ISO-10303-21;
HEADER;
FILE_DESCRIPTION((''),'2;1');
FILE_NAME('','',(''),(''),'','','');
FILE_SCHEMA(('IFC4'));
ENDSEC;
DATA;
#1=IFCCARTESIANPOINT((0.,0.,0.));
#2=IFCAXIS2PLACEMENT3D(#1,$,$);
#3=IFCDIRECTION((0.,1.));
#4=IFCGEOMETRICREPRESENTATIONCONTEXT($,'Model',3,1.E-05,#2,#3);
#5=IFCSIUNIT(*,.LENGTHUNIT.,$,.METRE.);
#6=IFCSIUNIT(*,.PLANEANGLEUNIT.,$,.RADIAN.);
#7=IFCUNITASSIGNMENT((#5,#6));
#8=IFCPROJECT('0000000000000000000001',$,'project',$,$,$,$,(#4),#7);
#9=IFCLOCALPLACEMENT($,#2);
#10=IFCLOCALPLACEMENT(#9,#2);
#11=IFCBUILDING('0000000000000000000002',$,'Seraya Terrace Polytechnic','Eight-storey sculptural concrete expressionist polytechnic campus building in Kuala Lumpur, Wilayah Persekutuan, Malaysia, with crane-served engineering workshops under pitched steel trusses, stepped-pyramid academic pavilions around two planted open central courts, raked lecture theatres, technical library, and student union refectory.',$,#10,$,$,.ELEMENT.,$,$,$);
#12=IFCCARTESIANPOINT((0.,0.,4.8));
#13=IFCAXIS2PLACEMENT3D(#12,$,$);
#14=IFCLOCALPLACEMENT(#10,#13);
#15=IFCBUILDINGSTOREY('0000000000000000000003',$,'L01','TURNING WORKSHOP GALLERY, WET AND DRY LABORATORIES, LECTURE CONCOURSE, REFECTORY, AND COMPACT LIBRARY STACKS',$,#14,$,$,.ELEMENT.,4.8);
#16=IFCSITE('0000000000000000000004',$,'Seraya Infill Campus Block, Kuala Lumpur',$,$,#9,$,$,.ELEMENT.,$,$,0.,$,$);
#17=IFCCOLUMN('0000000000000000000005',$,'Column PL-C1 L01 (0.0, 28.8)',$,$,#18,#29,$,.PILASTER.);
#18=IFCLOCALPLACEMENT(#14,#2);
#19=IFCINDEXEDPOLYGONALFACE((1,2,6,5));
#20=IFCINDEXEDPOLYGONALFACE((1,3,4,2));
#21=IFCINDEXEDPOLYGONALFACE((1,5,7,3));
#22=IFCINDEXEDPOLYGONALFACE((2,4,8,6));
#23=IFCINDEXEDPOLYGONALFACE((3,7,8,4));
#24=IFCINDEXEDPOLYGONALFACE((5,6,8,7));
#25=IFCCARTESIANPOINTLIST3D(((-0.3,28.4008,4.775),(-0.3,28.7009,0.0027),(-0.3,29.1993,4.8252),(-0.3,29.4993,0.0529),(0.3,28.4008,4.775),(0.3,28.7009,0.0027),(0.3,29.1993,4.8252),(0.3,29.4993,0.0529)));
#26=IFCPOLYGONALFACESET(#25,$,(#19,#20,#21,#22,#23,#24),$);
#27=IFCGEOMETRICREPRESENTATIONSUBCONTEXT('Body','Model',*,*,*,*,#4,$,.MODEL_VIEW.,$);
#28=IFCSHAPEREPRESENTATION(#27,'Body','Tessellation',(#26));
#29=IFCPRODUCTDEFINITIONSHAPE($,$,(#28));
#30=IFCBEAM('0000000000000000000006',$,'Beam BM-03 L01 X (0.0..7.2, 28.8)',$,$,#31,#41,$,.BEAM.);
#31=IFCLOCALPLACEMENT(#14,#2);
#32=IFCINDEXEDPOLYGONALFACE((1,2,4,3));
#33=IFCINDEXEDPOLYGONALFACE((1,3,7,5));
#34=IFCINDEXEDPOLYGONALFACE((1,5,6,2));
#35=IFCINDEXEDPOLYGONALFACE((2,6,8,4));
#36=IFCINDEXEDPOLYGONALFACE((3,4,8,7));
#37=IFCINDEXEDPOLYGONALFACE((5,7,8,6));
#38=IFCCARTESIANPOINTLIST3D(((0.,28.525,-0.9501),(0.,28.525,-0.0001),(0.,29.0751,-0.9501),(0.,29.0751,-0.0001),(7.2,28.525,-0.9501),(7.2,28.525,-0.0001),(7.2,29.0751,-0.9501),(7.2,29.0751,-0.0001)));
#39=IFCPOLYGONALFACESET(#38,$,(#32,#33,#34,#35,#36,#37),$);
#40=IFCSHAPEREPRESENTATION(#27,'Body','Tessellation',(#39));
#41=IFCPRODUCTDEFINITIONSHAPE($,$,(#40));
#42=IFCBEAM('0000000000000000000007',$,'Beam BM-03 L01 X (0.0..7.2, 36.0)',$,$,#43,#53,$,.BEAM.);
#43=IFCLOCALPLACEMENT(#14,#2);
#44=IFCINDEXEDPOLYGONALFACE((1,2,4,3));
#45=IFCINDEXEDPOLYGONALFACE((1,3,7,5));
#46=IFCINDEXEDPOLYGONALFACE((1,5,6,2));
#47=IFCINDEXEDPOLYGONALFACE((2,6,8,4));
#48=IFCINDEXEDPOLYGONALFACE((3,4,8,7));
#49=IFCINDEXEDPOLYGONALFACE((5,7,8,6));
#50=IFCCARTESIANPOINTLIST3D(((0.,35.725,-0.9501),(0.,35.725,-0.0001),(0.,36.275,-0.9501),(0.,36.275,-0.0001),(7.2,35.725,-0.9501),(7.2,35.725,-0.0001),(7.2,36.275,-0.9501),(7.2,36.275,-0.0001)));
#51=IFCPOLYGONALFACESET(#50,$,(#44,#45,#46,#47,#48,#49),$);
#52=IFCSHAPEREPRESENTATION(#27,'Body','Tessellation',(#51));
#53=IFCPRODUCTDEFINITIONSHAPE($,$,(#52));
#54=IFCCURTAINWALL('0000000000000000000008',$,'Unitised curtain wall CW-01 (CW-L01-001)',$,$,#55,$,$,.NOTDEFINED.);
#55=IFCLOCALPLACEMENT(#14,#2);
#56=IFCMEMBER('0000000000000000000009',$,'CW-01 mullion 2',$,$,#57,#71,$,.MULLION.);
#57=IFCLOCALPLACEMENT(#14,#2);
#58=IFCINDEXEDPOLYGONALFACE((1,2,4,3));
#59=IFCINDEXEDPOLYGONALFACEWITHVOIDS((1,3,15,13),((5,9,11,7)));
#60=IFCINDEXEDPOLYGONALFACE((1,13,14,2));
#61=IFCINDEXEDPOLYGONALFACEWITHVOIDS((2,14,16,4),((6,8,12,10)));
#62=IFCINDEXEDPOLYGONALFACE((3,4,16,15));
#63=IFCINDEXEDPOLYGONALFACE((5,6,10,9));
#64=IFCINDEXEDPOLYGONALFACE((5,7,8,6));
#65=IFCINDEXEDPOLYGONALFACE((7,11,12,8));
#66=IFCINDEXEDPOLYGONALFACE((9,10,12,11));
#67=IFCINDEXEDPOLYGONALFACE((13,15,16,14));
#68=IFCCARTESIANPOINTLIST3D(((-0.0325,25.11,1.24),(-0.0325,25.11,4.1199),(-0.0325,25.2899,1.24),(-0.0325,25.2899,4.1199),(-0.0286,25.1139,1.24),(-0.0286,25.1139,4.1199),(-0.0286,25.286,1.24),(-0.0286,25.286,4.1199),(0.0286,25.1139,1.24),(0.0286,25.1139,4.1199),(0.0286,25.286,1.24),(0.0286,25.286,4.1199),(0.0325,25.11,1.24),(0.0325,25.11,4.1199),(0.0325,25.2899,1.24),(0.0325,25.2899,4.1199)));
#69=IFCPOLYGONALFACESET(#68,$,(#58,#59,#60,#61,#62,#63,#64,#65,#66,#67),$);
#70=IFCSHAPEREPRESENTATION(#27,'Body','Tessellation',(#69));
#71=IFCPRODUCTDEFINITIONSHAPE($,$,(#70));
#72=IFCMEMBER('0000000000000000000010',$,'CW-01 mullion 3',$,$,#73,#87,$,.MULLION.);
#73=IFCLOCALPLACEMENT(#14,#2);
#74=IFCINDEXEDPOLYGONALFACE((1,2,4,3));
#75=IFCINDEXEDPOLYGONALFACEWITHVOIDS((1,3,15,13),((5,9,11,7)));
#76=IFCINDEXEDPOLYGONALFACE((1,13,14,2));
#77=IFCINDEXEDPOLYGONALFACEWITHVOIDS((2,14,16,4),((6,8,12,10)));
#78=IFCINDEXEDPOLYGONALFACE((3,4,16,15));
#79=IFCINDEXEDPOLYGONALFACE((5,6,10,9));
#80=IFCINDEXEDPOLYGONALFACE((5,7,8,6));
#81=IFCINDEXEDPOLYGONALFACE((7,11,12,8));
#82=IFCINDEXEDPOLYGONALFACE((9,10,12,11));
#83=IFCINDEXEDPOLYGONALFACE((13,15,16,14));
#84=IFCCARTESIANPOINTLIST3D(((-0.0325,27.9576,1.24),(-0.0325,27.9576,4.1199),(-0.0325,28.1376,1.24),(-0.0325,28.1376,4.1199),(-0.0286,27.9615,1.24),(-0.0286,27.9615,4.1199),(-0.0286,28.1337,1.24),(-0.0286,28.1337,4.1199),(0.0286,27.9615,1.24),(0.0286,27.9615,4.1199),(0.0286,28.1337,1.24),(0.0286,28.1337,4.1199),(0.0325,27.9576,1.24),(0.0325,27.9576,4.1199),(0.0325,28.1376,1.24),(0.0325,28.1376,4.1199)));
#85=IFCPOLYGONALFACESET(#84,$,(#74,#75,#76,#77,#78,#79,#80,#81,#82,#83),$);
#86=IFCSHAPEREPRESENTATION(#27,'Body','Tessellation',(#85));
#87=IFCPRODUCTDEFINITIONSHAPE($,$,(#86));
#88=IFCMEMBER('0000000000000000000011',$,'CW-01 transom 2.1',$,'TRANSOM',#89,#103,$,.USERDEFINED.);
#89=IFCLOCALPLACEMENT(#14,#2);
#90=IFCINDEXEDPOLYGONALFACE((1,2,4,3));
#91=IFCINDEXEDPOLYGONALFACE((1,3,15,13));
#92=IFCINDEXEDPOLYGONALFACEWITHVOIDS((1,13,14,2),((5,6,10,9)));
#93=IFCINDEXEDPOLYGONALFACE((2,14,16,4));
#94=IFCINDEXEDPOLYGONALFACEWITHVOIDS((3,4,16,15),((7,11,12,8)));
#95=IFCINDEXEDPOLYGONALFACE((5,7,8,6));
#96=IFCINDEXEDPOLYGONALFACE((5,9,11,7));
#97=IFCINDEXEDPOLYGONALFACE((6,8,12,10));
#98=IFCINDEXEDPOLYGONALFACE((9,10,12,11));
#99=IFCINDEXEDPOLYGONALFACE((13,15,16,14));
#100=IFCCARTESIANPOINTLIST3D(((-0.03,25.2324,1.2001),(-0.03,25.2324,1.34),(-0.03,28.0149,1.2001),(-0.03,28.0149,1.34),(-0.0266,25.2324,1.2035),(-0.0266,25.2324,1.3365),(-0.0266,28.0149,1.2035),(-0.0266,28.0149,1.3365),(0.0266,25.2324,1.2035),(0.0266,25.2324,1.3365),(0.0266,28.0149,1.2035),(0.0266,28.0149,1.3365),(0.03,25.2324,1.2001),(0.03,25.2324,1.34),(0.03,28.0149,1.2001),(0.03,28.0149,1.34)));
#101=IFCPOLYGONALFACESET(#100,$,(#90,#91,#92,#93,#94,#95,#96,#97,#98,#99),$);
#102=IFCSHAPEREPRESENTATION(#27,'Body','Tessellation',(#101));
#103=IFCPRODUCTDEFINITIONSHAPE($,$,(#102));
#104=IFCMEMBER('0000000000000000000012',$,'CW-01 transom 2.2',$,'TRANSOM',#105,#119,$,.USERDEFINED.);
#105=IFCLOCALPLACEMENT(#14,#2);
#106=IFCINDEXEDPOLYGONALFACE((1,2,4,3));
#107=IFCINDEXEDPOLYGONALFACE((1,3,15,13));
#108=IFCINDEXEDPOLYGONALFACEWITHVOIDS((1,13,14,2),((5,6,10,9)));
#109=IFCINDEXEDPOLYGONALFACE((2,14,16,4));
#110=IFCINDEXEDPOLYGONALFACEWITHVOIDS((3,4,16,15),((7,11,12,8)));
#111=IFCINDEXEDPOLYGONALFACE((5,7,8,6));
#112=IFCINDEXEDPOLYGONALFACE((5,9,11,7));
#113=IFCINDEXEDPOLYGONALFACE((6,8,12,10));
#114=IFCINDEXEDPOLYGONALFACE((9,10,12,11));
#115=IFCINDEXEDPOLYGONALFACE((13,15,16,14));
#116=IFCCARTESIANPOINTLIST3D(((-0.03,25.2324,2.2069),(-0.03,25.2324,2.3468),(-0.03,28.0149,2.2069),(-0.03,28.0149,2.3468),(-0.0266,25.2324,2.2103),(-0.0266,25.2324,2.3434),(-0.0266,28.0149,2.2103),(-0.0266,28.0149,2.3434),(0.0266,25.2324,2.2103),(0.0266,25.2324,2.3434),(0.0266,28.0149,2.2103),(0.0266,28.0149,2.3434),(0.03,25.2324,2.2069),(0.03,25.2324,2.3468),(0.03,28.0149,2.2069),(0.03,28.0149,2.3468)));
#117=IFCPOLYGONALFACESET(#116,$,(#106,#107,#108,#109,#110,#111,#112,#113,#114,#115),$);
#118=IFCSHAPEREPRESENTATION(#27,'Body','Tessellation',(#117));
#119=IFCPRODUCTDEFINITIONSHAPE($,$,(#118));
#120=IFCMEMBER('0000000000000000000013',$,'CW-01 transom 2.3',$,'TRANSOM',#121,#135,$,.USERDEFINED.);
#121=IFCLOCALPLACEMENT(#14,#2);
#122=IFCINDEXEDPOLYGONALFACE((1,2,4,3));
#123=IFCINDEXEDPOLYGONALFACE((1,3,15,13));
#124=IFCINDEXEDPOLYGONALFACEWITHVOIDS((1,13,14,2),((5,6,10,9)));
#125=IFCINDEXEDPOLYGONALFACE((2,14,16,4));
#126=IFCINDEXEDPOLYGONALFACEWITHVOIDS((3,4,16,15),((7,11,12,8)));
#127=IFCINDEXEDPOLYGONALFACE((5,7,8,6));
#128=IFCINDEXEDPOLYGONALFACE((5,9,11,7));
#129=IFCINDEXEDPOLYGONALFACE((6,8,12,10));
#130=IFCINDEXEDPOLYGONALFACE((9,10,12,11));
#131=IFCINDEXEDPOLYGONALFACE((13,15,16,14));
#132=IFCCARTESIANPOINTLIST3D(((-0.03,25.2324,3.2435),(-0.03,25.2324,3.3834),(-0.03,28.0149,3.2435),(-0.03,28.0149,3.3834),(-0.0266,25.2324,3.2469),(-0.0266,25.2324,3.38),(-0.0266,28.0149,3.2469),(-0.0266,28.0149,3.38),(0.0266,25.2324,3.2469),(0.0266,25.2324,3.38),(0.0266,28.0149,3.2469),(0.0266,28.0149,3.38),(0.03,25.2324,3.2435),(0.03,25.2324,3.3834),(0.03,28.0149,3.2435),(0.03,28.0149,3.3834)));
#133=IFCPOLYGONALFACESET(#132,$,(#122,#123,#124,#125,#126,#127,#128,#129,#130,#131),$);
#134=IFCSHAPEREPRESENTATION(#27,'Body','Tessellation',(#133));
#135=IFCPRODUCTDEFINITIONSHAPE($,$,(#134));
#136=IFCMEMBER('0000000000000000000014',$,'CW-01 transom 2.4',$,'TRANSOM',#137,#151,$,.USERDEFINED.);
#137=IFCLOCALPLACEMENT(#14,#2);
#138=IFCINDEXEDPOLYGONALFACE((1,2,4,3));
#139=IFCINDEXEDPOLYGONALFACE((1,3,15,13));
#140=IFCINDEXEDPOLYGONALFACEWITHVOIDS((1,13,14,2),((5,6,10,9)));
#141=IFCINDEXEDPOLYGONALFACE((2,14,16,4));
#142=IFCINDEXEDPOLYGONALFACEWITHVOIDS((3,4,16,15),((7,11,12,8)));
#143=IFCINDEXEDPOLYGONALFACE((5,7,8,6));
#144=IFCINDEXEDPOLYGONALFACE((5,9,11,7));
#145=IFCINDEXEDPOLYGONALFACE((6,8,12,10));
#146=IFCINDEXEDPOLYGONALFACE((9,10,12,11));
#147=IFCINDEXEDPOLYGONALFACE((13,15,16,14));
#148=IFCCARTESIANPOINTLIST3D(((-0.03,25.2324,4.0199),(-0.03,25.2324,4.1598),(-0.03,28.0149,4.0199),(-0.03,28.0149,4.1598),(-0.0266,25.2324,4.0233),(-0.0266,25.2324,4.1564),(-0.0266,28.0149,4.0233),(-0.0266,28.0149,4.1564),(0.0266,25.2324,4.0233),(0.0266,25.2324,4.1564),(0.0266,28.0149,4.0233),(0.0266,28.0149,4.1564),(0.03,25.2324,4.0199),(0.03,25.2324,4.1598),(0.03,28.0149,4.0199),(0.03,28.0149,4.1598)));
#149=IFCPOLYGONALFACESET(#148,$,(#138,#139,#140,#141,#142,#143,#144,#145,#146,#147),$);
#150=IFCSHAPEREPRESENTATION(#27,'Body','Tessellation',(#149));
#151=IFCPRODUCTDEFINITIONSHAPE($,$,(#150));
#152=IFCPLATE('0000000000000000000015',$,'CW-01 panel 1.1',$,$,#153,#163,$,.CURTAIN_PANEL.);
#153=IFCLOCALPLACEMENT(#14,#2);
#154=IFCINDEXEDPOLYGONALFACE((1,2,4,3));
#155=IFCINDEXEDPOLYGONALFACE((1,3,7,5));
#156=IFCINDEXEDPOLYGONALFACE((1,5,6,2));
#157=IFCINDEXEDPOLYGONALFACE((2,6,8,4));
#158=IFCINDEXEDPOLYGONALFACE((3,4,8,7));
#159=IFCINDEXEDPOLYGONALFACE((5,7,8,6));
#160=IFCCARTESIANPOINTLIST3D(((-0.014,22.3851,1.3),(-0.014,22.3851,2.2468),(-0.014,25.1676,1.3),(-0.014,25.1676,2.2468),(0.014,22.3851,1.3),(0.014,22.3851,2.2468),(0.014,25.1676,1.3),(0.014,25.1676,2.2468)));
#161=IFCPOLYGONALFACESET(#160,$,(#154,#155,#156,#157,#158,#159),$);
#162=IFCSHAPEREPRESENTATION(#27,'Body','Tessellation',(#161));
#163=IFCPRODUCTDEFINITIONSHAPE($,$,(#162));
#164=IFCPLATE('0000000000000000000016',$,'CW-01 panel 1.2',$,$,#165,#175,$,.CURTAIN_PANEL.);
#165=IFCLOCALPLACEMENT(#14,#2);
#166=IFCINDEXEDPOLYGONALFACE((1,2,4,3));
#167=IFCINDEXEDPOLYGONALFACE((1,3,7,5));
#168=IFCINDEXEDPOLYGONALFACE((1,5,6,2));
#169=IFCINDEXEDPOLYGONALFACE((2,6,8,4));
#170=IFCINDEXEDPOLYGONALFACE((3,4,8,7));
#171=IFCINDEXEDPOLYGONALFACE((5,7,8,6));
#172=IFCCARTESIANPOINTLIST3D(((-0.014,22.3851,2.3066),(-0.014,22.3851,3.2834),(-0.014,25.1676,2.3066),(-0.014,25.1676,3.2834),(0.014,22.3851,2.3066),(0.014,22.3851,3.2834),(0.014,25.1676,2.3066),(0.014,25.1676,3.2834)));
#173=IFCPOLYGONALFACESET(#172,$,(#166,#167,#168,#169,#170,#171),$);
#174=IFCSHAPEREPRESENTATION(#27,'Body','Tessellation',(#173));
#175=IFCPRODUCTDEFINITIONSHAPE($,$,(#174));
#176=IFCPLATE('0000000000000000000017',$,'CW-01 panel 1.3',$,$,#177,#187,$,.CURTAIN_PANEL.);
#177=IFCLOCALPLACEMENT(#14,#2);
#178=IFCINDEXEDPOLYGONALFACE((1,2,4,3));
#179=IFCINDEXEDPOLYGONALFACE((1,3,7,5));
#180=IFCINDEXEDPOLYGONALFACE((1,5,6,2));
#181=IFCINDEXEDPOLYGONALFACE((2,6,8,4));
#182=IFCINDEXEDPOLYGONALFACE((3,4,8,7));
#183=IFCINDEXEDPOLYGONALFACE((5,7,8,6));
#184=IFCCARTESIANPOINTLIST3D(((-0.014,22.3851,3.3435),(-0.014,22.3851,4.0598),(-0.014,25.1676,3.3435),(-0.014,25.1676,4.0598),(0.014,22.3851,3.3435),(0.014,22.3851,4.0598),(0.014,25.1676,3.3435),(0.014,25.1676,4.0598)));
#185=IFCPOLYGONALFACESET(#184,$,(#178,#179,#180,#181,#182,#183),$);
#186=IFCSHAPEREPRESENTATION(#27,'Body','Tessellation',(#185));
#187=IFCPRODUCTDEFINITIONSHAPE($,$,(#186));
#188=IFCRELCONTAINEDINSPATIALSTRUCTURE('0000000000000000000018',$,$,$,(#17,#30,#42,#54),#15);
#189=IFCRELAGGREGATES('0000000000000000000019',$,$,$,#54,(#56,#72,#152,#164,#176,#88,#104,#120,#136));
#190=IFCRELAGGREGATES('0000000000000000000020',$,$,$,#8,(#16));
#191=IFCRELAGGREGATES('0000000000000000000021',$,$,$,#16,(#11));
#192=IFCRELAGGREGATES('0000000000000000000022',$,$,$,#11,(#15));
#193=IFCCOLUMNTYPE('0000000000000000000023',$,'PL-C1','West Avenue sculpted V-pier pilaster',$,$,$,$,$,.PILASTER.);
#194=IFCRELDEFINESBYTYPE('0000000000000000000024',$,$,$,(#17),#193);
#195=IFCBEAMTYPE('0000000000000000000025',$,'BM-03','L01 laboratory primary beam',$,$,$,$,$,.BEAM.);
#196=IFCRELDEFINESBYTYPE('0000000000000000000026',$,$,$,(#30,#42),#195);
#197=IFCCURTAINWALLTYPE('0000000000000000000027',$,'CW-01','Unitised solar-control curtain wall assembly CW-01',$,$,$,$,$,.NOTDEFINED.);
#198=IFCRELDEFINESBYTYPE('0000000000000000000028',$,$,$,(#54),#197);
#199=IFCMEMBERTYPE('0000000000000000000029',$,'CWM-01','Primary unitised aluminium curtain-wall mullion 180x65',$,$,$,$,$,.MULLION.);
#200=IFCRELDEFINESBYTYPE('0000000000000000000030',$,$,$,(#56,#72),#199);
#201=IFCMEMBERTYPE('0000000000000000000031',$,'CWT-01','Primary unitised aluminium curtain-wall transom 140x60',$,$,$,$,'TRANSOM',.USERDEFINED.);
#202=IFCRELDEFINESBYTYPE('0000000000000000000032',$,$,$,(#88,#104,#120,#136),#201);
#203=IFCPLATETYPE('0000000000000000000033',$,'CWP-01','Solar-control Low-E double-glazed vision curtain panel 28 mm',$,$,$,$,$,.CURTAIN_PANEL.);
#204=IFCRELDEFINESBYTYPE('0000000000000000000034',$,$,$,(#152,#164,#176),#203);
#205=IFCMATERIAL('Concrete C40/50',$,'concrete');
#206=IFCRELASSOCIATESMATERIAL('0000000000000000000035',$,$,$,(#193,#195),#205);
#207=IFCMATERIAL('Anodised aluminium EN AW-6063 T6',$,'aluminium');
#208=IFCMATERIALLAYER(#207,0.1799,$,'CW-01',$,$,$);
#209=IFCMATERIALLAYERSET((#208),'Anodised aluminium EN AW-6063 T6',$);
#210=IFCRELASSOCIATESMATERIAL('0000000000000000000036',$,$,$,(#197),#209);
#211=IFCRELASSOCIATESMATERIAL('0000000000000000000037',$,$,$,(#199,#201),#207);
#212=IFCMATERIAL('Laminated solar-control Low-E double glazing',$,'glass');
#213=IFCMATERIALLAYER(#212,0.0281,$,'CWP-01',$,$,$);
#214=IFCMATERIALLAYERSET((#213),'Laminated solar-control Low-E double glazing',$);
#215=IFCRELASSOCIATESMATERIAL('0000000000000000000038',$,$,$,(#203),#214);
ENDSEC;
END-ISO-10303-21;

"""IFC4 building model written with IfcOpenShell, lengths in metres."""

from ifc_helpers import new_model, si_unit, direction, frame, origin, origin_2d, place, context, subcontext, project, spatial, rectangle, hollow_rectangle, extrude, material, layer, layer_set, material_profile, profile_set, type_object, element, aggregate, save


model = new_model("IFC4")

# Units and contexts
model_context = context("Model", 3, precision=1e-05, world=origin(), true_north=direction((0.0, 1.0)))
body_context = subcontext(model_context, "Body", "Model", "MODEL_VIEW")
ifc_project = project(units=[si_unit("LENGTHUNIT", "METRE"), si_unit("PLANEANGLEUNIT", "RADIAN")], contexts=[model_context])

# Site, building, storey
site_placement = place(None, origin())
site = spatial("IfcSite", under=ifc_project, at=site_placement, Name="Seraya Infill Campus Block, Kuala Lumpur", CompositionType="ELEMENT", RefElevation=0.0)
building_placement = place(site_placement, origin())
building = spatial("IfcBuilding", under=site, at=building_placement, Name="Seraya Terrace Polytechnic", Description="Eight-storey sculptural concrete expressionist polytechnic campus building in Kuala Lumpur, Wilayah Persekutuan, Malaysia, with crane-served engineering workshops under pitched steel trusses, stepped-pyramid academic pavilions around two planted open central courts, raked lecture theatres, technical library, and student union refectory.", CompositionType="ELEMENT")
storey_placement = place(building_placement, frame((0.0, 0.0, 4.8)))
storey = spatial("IfcBuildingStorey", under=building, at=storey_placement, Name="L01", Description="TURNING WORKSHOP GALLERY, WET AND DRY LABORATORIES, LECTURE CONCOURSE, REFECTORY, AND COMPACT LIBRARY STACKS", CompositionType="ELEMENT", Elevation=4.8)

# Column
ifc_material_1 = material(Name="Concrete C40/50", Category="concrete")
ifc_material_profile_1 = material_profile(ifc_material_1, rectangle(XDim=0.6001, YDim=0.8, at=origin_2d()), Name="RC 600x800")
ifc_profile_set_1 = profile_set([ifc_material_profile_1], Name="Concrete C40/50")
column_type = type_object("IfcColumnType", Name="PL-C1", Description="West Avenue sculpted V-pier pilaster", PredefinedType="PILASTER", material=ifc_profile_set_1)
column_placement = place(storey_placement, frame((0.0, 29.1001, 0.0278), z_axis=(0.0, -0.06275, 0.998029), x_axis=(1.0, 0.0, 0.0)))
element("IfcColumn", 1, at=column_placement, inside=storey, type_object=column_type, Name="Column PL-C1 L01 (0.0, 28.8)", PredefinedType="PILASTER", context=body_context, shape_type="SweptSolid", body=[
    extrude(rectangle(XDim=0.6001, YDim=0.8, at=origin_2d()), origin(), (0.0, 0.0, 1.0), 4.7817),
])

# Beams
ifc_material_profile_2 = material_profile(ifc_material_1, rectangle(XDim=0.55, YDim=0.95, at=origin_2d()), Name="RC 550x950")
ifc_profile_set_2 = profile_set([ifc_material_profile_2], Name="Concrete C40/50")
beam_type = type_object("IfcBeamType", Name="BM-03", Description="L01 laboratory primary beam", PredefinedType="BEAM", material=ifc_profile_set_2)
for number, where, z_axis, x_axis, name in (
    (2, (0.0, 28.8, -0.4751), (1.0, 0.0, 0.0), (0.0, 1.0, 0.0), "Beam BM-03 L01 X (0.0..7.2, 28.8)"),
    (3, (0.0, 36.0, -0.4751), (1.0, 0.0, 0.0), (0.0, 1.0, 0.0), "Beam BM-03 L01 X (0.0..7.2, 36.0)"),
):
    element("IfcBeam", number, at=place(storey_placement, frame(where, z_axis=z_axis, x_axis=x_axis)), inside=storey, type_object=beam_type, Name=name, PredefinedType="BEAM", context=body_context, shape_type="SweptSolid", body=[
        extrude(rectangle(XDim=0.55, YDim=0.95, at=origin_2d()), origin(), (0.0, 0.0, 1.0), 7.2),
    ])

# Curtain wall, members, plates
ifc_material_2 = material(Name="Anodised aluminium EN AW-6063 T6", Category="aluminium")
ifc_layer_1 = layer(ifc_material_2, 0.1799, Name="CW-01")
ifc_layer_set_1 = layer_set([ifc_layer_1], Name="Anodised aluminium EN AW-6063 T6")
curtain_wall_type = type_object("IfcCurtainWallType", Name="CW-01", Description="Unitised solar-control curtain wall assembly CW-01", PredefinedType="NOTDEFINED", material=ifc_layer_set_1)
curtain_wall_placement = place(storey_placement, origin())
curtain_wall = element("IfcCurtainWall", 4, at=curtain_wall_placement, inside=storey, type_object=curtain_wall_type, Name="Unitised curtain wall CW-01 (CW-L01-001)", PredefinedType="NOTDEFINED")
ifc_material_profile_3 = material_profile(ifc_material_2, hollow_rectangle(XDim=0.0649, YDim=0.1799, WallThickness=0.0039, at=origin_2d()), Name="RHS 180x65x4.0")
ifc_profile_set_3 = profile_set([ifc_material_profile_3], Name="Anodised aluminium EN AW-6063 T6")
member_type_1 = type_object("IfcMemberType", Name="CWM-01", Description="Primary unitised aluminium curtain-wall mullion 180x65", PredefinedType="MULLION", material=ifc_profile_set_3)
member_1_placement = place(storey_placement, frame((0.0, 25.2, 1.24), z_axis=(0.0, 0.0, 1.0), x_axis=(-1.0, 0.0, 0.0)))
member_1 = element("IfcMember", 5, at=member_1_placement, type_object=member_type_1, Name="CW-01 mullion 2", PredefinedType="MULLION", context=body_context, shape_type="SweptSolid", body=[
    extrude(hollow_rectangle(XDim=0.0649, YDim=0.1799, WallThickness=0.0039, at=origin_2d()), origin(), (0.0, 0.0, 1.0), 2.8799),
])
member_2_placement = place(storey_placement, frame((0.0, 28.0476, 1.24), z_axis=(0.0, 0.0, 1.0), x_axis=(-1.0, 0.0, 0.0)))
member_2 = element("IfcMember", 6, at=member_2_placement, type_object=member_type_1, Name="CW-01 mullion 3", PredefinedType="MULLION", context=body_context, shape_type="SweptSolid", body=[
    extrude(hollow_rectangle(XDim=0.0649, YDim=0.1799, WallThickness=0.0039, at=origin_2d()), origin(), (0.0, 0.0, 1.0), 2.8799),
])
ifc_material_profile_4 = material_profile(ifc_material_2, hollow_rectangle(XDim=0.0601, YDim=0.1399, WallThickness=0.0034, at=origin_2d()), Name="RHS 140x60x3.5")
ifc_profile_set_4 = profile_set([ifc_material_profile_4], Name="Anodised aluminium EN AW-6063 T6")
member_type_2 = type_object("IfcMemberType", Name="CWT-01", Description="Primary unitised aluminium curtain-wall transom 140x60", ElementType="TRANSOM", PredefinedType="USERDEFINED", material=ifc_profile_set_4)
member_3_placement = place(storey_placement, frame((0.0, 25.2324, 1.27), z_axis=(0.0, 1.0, 0.0), x_axis=(-1.0, 0.0, 0.0)))
member_3 = element("IfcMember", 7, at=member_3_placement, type_object=member_type_2, Name="CW-01 transom 2.1", ObjectType="TRANSOM", PredefinedType="USERDEFINED", context=body_context, shape_type="SweptSolid", body=[
    extrude(hollow_rectangle(XDim=0.0601, YDim=0.1399, WallThickness=0.0034, at=origin_2d()), origin(), (0.0, 0.0, 1.0), 2.7825),
])
member_4_placement = place(storey_placement, frame((0.0, 25.2324, 2.2769), z_axis=(0.0, 1.0, 0.0), x_axis=(-1.0, 0.0, 0.0)))
member_4 = element("IfcMember", 8, at=member_4_placement, type_object=member_type_2, Name="CW-01 transom 2.2", ObjectType="TRANSOM", PredefinedType="USERDEFINED", context=body_context, shape_type="SweptSolid", body=[
    extrude(hollow_rectangle(XDim=0.0601, YDim=0.1399, WallThickness=0.0034, at=origin_2d()), origin(), (0.0, 0.0, 1.0), 2.7825),
])
member_5_placement = place(storey_placement, frame((0.0, 25.2324, 3.3135), z_axis=(0.0, 1.0, 0.0), x_axis=(-1.0, 0.0, 0.0)))
member_5 = element("IfcMember", 9, at=member_5_placement, type_object=member_type_2, Name="CW-01 transom 2.3", ObjectType="TRANSOM", PredefinedType="USERDEFINED", context=body_context, shape_type="SweptSolid", body=[
    extrude(hollow_rectangle(XDim=0.0601, YDim=0.1399, WallThickness=0.0034, at=origin_2d()), origin(), (0.0, 0.0, 1.0), 2.7825),
])
member_6_placement = place(storey_placement, frame((0.0, 25.2324, 4.0898), z_axis=(0.0, 1.0, 0.0), x_axis=(-1.0, 0.0, 0.0)))
member_6 = element("IfcMember", 10, at=member_6_placement, type_object=member_type_2, Name="CW-01 transom 2.4", ObjectType="TRANSOM", PredefinedType="USERDEFINED", context=body_context, shape_type="SweptSolid", body=[
    extrude(hollow_rectangle(XDim=0.0601, YDim=0.1399, WallThickness=0.0034, at=origin_2d()), origin(), (0.0, 0.0, 1.0), 2.7825),
])
ifc_material_3 = material(Name="Laminated solar-control Low-E double glazing", Category="glass")
ifc_layer_2 = layer(ifc_material_3, 0.0281, Name="CWP-01")
ifc_layer_set_2 = layer_set([ifc_layer_2], Name="Laminated solar-control Low-E double glazing")
plate_type = type_object("IfcPlateType", Name="CWP-01", Description="Solar-control Low-E double-glazed vision curtain panel 28 mm", PredefinedType="CURTAIN_PANEL", material=ifc_layer_set_2)
plate_1_placement = place(storey_placement, frame((0.0, 23.7764, 1.3), z_axis=(0.0, 0.0, 1.0), x_axis=(0.0, 1.0, 0.0)))
plate_1 = element("IfcPlate", 11, at=plate_1_placement, type_object=plate_type, Name="CW-01 panel 1.1", PredefinedType="CURTAIN_PANEL", context=body_context, shape_type="SweptSolid", body=[
    extrude(rectangle(XDim=2.7825, YDim=0.0281, at=origin_2d()), origin(), (0.0, 0.0, 1.0), 0.9468),
])
plate_2_placement = place(storey_placement, frame((0.0, 23.7764, 2.3066), z_axis=(0.0, 0.0, 1.0), x_axis=(0.0, 1.0, 0.0)))
plate_2 = element("IfcPlate", 12, at=plate_2_placement, type_object=plate_type, Name="CW-01 panel 1.2", PredefinedType="CURTAIN_PANEL", context=body_context, shape_type="SweptSolid", body=[
    extrude(rectangle(XDim=2.7825, YDim=0.0281, at=origin_2d()), origin(), (0.0, 0.0, 1.0), 0.9768),
])
plate_3_placement = place(storey_placement, frame((0.0, 23.7764, 3.3435), z_axis=(0.0, 0.0, 1.0), x_axis=(0.0, 1.0, 0.0)))
plate_3 = element("IfcPlate", 13, at=plate_3_placement, type_object=plate_type, Name="CW-01 panel 1.3", PredefinedType="CURTAIN_PANEL", context=body_context, shape_type="SweptSolid", body=[
    extrude(rectangle(XDim=2.7825, YDim=0.0281, at=origin_2d()), origin(), (0.0, 0.0, 1.0), 0.7163),
])
aggregate(curtain_wall, [member_1, member_2, plate_1, plate_2, plate_3, member_3, member_4, member_5, member_6])

save(model, "model.ifc")
